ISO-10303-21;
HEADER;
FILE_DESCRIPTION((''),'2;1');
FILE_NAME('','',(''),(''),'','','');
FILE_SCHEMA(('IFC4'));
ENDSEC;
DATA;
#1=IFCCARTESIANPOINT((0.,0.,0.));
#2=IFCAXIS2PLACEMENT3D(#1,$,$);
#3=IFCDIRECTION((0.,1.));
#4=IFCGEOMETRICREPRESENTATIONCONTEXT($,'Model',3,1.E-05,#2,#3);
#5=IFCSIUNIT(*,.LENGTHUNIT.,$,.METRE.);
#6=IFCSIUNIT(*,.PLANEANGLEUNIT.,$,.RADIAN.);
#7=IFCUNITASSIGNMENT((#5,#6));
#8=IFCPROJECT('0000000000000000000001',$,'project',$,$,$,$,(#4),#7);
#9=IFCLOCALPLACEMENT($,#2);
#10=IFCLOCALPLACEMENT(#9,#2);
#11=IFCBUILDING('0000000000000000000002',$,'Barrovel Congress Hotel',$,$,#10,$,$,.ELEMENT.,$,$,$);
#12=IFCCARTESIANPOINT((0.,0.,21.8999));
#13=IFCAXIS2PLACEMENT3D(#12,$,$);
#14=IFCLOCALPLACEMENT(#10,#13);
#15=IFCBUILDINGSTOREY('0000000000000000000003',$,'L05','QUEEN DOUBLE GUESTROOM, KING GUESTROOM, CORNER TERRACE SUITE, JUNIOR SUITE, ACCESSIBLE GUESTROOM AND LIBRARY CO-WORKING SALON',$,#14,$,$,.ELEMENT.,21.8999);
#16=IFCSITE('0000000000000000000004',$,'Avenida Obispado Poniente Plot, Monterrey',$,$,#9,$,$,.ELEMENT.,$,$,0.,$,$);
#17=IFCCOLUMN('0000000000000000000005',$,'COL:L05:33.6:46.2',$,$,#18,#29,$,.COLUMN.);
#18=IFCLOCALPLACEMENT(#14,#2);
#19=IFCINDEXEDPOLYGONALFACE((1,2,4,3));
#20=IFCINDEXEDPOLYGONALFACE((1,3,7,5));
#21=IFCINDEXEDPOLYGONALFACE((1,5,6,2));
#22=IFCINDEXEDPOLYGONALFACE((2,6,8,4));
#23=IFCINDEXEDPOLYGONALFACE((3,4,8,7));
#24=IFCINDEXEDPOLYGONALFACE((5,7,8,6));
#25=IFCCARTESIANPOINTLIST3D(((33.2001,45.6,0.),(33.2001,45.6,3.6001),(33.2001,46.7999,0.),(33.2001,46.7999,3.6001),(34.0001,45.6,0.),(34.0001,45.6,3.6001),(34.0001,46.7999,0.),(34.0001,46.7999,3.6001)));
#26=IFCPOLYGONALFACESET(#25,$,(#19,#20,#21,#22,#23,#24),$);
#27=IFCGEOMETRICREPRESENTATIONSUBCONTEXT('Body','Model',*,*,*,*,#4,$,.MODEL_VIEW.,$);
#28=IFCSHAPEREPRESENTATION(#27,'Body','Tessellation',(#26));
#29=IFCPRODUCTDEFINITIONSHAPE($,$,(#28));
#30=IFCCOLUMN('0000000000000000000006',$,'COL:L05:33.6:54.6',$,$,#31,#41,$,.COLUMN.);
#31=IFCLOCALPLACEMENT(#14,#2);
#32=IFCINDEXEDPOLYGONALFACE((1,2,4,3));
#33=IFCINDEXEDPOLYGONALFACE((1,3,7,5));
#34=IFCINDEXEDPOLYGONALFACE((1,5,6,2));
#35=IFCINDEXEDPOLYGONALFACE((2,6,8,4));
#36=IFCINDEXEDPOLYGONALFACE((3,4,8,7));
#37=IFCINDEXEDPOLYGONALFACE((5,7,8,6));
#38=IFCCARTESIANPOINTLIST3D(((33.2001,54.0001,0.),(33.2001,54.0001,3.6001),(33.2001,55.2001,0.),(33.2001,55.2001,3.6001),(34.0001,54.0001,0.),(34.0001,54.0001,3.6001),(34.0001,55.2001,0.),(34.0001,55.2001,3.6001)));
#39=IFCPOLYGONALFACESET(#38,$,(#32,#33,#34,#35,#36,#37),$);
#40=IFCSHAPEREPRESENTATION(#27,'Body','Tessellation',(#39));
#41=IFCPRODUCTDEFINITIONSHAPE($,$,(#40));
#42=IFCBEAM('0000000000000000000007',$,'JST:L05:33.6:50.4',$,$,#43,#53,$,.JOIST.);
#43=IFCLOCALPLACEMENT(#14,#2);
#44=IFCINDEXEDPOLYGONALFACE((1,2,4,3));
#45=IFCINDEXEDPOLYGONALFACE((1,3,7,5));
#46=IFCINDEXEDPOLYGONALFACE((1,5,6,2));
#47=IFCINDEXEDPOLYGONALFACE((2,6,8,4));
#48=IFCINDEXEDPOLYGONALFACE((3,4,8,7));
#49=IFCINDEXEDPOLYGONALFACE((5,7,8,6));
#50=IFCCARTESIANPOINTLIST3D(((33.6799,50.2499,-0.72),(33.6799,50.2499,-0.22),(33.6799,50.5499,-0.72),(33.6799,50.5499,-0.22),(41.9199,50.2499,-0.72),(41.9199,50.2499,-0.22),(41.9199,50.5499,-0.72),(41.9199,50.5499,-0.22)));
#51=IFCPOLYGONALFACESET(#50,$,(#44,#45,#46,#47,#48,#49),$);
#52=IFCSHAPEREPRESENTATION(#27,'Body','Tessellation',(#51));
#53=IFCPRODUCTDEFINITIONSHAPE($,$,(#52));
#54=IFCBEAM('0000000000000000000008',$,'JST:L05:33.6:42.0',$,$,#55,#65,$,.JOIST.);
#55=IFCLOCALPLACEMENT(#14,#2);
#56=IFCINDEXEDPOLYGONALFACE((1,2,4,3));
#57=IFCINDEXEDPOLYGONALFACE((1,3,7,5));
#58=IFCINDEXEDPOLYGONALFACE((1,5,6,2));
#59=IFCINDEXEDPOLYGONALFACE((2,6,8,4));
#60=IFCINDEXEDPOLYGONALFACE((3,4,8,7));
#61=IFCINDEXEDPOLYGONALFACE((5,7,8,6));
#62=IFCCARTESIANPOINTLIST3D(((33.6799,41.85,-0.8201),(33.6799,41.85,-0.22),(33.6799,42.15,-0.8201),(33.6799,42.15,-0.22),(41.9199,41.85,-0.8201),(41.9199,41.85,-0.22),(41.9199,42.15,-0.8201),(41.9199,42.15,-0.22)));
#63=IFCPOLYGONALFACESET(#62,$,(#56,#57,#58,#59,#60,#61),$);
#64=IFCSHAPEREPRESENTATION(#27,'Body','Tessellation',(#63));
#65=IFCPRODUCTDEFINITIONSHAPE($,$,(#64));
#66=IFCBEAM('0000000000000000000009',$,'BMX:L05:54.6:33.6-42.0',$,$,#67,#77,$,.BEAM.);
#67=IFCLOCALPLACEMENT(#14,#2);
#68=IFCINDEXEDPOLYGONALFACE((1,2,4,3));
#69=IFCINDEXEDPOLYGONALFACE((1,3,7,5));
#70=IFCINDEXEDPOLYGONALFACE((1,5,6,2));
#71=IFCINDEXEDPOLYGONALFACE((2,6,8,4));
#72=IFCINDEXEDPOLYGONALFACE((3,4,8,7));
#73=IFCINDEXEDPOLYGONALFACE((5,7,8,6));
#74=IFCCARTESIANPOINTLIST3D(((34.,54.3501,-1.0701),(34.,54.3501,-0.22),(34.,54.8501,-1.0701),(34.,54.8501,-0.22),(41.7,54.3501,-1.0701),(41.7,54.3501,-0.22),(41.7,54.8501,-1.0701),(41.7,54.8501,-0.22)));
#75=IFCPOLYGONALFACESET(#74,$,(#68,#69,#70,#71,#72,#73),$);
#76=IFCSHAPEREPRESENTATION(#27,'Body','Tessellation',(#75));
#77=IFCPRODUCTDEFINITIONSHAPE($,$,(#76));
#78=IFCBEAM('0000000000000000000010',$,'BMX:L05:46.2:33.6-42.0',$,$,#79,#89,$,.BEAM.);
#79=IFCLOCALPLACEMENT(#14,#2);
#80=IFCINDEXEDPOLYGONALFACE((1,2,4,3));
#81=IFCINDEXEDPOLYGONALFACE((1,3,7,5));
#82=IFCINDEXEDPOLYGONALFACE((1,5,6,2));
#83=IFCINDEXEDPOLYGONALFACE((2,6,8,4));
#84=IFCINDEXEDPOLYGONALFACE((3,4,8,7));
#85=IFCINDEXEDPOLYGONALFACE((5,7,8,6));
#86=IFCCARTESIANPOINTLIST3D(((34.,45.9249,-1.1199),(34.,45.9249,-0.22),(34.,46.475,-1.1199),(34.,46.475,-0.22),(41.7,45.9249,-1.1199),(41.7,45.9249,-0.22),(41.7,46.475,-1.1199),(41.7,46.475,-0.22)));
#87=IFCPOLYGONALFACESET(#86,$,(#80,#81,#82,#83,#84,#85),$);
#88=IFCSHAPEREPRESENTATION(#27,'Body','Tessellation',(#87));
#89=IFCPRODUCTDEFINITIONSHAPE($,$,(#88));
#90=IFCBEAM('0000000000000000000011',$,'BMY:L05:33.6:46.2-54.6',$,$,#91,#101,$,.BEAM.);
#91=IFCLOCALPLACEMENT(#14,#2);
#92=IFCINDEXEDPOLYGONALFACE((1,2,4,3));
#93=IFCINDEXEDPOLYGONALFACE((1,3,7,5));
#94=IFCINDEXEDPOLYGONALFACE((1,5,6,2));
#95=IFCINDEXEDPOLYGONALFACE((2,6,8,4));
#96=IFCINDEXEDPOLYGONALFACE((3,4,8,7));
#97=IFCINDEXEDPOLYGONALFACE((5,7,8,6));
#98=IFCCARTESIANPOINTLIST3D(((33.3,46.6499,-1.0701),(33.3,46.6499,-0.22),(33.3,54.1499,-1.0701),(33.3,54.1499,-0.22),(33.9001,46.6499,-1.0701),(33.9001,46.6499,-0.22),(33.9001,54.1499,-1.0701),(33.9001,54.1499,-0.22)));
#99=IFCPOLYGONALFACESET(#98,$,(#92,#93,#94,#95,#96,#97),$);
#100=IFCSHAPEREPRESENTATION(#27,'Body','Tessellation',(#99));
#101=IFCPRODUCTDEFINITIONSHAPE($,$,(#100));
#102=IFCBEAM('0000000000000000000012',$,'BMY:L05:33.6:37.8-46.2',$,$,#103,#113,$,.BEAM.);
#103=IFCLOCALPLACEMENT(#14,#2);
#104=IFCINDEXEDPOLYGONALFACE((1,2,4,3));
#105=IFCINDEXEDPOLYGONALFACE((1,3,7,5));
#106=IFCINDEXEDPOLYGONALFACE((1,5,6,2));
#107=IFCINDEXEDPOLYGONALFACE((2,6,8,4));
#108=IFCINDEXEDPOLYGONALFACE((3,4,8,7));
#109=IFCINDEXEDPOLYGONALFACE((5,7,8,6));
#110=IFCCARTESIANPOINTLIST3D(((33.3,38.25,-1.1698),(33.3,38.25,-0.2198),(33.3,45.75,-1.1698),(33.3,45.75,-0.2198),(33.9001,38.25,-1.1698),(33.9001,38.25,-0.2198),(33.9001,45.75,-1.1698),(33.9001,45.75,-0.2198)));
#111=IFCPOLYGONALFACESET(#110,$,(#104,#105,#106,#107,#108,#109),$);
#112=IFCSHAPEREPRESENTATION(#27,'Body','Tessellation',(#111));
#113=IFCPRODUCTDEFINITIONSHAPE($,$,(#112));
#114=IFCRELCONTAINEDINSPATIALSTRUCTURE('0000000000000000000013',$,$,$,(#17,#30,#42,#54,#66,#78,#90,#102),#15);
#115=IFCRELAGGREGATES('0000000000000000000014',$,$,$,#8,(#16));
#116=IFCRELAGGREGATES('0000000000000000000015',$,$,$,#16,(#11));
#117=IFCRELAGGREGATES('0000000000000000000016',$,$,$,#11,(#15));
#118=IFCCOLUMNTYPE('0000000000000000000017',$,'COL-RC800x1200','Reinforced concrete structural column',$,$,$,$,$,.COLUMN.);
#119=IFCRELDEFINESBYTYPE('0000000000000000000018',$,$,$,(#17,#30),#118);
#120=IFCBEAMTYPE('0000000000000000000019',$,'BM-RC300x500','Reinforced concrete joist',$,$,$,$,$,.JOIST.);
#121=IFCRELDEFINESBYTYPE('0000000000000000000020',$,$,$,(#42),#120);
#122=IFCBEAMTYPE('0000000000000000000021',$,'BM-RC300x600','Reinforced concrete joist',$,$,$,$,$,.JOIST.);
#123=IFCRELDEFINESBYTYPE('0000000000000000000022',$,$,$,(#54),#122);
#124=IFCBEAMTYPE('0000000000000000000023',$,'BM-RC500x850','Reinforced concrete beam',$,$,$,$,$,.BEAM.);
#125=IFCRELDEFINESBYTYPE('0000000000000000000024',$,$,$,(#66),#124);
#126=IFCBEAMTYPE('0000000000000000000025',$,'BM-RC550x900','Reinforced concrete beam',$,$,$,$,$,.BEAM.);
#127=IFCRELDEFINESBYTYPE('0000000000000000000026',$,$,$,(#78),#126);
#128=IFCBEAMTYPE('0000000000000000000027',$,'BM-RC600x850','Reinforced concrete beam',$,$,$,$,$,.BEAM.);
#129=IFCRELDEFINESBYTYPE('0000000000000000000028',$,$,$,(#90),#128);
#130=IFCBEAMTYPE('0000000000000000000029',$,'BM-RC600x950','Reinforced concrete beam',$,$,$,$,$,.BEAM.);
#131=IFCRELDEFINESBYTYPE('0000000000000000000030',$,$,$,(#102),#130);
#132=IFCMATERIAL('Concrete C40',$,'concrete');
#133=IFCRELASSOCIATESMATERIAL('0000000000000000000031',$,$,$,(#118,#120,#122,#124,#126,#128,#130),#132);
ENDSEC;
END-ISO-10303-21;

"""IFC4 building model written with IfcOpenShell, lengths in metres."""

from ifc_helpers import new_model, si_unit, direction, frame, origin, origin_2d, place, context, subcontext, project, spatial, rectangle, extrude, material, material_profile, profile_set, type_object, element, save


model = new_model("IFC4")

# Units and contexts
model_context = context("Model", 3, precision=1e-05, world=origin(), true_north=direction((0.0, 1.0)))
body_context = subcontext(model_context, "Body", "Model", "MODEL_VIEW")
ifc_project = project(units=[si_unit("LENGTHUNIT", "METRE"), si_unit("PLANEANGLEUNIT", "RADIAN")], contexts=[model_context])

# Site, building, storey
site_placement = place(None, origin())
site = spatial("IfcSite", under=ifc_project, at=site_placement, Name="Avenida Obispado Poniente Plot, Monterrey", CompositionType="ELEMENT", RefElevation=0.0)
building_placement = place(site_placement, origin())
building = spatial("IfcBuilding", under=site, at=building_placement, Name="Barrovel Congress Hotel", CompositionType="ELEMENT")
storey_placement = place(building_placement, frame((0.0, 0.0, 21.8999)))
storey = spatial("IfcBuildingStorey", under=building, at=storey_placement, Name="L05", Description="QUEEN DOUBLE GUESTROOM, KING GUESTROOM, CORNER TERRACE SUITE, JUNIOR SUITE, ACCESSIBLE GUESTROOM AND LIBRARY CO-WORKING SALON", CompositionType="ELEMENT", Elevation=21.8999)

# Columns
ifc_material_1 = material(Name="Concrete C40", Category="concrete")
ifc_material_profile_1 = material_profile(ifc_material_1, rectangle(XDim=0.8, YDim=1.2, at=origin_2d()), Name="RC800x1200")
ifc_profile_set_1 = profile_set([ifc_material_profile_1], Name="Concrete C40")
column_type = type_object("IfcColumnType", Name="COL-RC800x1200", Description="Reinforced concrete structural column", PredefinedType="COLUMN", material=ifc_profile_set_1)
for number, where, z_axis, x_axis, name in (
    (1, (33.6001, 46.2, 0.0), (0.0, 0.0, 1.0), (1.0, 0.0, 0.0), "COL:L05:33.6:46.2"),
    (2, (33.6001, 54.6001, 0.0), (0.0, 0.0, 1.0), (1.0, 0.0, 0.0), "COL:L05:33.6:54.6"),
):
    element("IfcColumn", number, at=place(storey_placement, frame(where, z_axis=z_axis, x_axis=x_axis)), inside=storey, type_object=column_type, Name=name, PredefinedType="COLUMN", context=body_context, shape_type="SweptSolid", body=[
        extrude(rectangle(XDim=0.8, YDim=1.2, at=origin_2d()), origin(), (0.0, 0.0, 1.0), 3.6001),
    ])

# Beams
ifc_material_profile_2 = material_profile(ifc_material_1, rectangle(XDim=0.3, YDim=0.5, at=origin_2d()), Name="RC300x500")
ifc_profile_set_2 = profile_set([ifc_material_profile_2], Name="Concrete C40")
beam_type_1 = type_object("IfcBeamType", Name="BM-RC300x500", Description="Reinforced concrete joist", PredefinedType="JOIST", material=ifc_profile_set_2)
beam_1_placement = place(storey_placement, frame((33.6799, 50.3999, -0.47), z_axis=(1.0, 0.0, 0.0), x_axis=(0.0, 1.0, 0.0)))
element("IfcBeam", 3, at=beam_1_placement, inside=storey, type_object=beam_type_1, Name="JST:L05:33.6:50.4", PredefinedType="JOIST", context=body_context, shape_type="SweptSolid", body=[
    extrude(rectangle(XDim=0.3, YDim=0.5, at=origin_2d()), origin(), (0.0, 0.0, 1.0), 8.24),
])
ifc_material_profile_3 = material_profile(ifc_material_1, rectangle(XDim=0.3, YDim=0.6001, at=origin_2d()), Name="RC300x600")
ifc_profile_set_3 = profile_set([ifc_material_profile_3], Name="Concrete C40")
beam_type_2 = type_object("IfcBeamType", Name="BM-RC300x600", Description="Reinforced concrete joist", PredefinedType="JOIST", material=ifc_profile_set_3)
beam_2_placement = place(storey_placement, frame((33.6799, 42.0, -0.52), z_axis=(1.0, 0.0, 0.0), x_axis=(0.0, 1.0, 0.0)))
element("IfcBeam", 4, at=beam_2_placement, inside=storey, type_object=beam_type_2, Name="JST:L05:33.6:42.0", PredefinedType="JOIST", context=body_context, shape_type="SweptSolid", body=[
    extrude(rectangle(XDim=0.3, YDim=0.6001, at=origin_2d()), origin(), (0.0, 0.0, 1.0), 8.24),
])
ifc_material_profile_4 = material_profile(ifc_material_1, rectangle(XDim=0.5, YDim=0.8501, at=origin_2d()), Name="RC500x850")
ifc_profile_set_4 = profile_set([ifc_material_profile_4], Name="Concrete C40")
beam_type_3 = type_object("IfcBeamType", Name="BM-RC500x850", Description="Reinforced concrete beam", PredefinedType="BEAM", material=ifc_profile_set_4)
beam_3_placement = place(storey_placement, frame((34.0, 54.6001, -0.645), z_axis=(1.0, 0.0, 0.0), x_axis=(0.0, 1.0, 0.0)))
element("IfcBeam", 5, at=beam_3_placement, inside=storey, type_object=beam_type_3, Name="BMX:L05:54.6:33.6-42.0", PredefinedType="BEAM", context=body_context, shape_type="SweptSolid", body=[
    extrude(rectangle(XDim=0.5, YDim=0.8501, at=origin_2d()), origin(), (0.0, 0.0, 1.0), 7.7),
])
ifc_material_profile_5 = material_profile(ifc_material_1, rectangle(XDim=0.55, YDim=0.8999, at=origin_2d()), Name="RC550x900")
ifc_profile_set_5 = profile_set([ifc_material_profile_5], Name="Concrete C40")
beam_type_4 = type_object("IfcBeamType", Name="BM-RC550x900", Description="Reinforced concrete beam", PredefinedType="BEAM", material=ifc_profile_set_5)
beam_4_placement = place(storey_placement, frame((34.0, 46.2, -0.6699), z_axis=(1.0, 0.0, 0.0), x_axis=(0.0, 1.0, 0.0)))
element("IfcBeam", 6, at=beam_4_placement, inside=storey, type_object=beam_type_4, Name="BMX:L05:46.2:33.6-42.0", PredefinedType="BEAM", context=body_context, shape_type="SweptSolid", body=[
    extrude(rectangle(XDim=0.55, YDim=0.8999, at=origin_2d()), origin(), (0.0, 0.0, 1.0), 7.7),
])
ifc_material_profile_6 = material_profile(ifc_material_1, rectangle(XDim=0.6001, YDim=0.8501, at=origin_2d()), Name="RC600x850")
ifc_profile_set_6 = profile_set([ifc_material_profile_6], Name="Concrete C40")
beam_type_5 = type_object("IfcBeamType", Name="BM-RC600x850", Description="Reinforced concrete beam", PredefinedType="BEAM", material=ifc_profile_set_6)
beam_5_placement = place(storey_placement, frame((33.6001, 46.6499, -0.645), z_axis=(0.0, 1.0, 0.0), x_axis=(-1.0, 0.0, 0.0)))
element("IfcBeam", 7, at=beam_5_placement, inside=storey, type_object=beam_type_5, Name="BMY:L05:33.6:46.2-54.6", PredefinedType="BEAM", context=body_context, shape_type="SweptSolid", body=[
    extrude(rectangle(XDim=0.6001, YDim=0.8501, at=origin_2d()), origin(), (0.0, 0.0, 1.0), 7.5),
])
ifc_material_profile_7 = material_profile(ifc_material_1, rectangle(XDim=0.6001, YDim=0.95, at=origin_2d()), Name="RC600x950")
ifc_profile_set_7 = profile_set([ifc_material_profile_7], Name="Concrete C40")
beam_type_6 = type_object("IfcBeamType", Name="BM-RC600x950", Description="Reinforced concrete beam", PredefinedType="BEAM", material=ifc_profile_set_7)
beam_6_placement = place(storey_placement, frame((33.6001, 38.25, -0.6948), z_axis=(0.0, 1.0, 0.0), x_axis=(-1.0, 0.0, 0.0)))
element("IfcBeam", 8, at=beam_6_placement, inside=storey, type_object=beam_type_6, Name="BMY:L05:33.6:37.8-46.2", PredefinedType="BEAM", context=body_context, shape_type="SweptSolid", body=[
    extrude(rectangle(XDim=0.6001, YDim=0.95, at=origin_2d()), origin(), (0.0, 0.0, 1.0), 7.5),
])

save(model, "model.ifc")
